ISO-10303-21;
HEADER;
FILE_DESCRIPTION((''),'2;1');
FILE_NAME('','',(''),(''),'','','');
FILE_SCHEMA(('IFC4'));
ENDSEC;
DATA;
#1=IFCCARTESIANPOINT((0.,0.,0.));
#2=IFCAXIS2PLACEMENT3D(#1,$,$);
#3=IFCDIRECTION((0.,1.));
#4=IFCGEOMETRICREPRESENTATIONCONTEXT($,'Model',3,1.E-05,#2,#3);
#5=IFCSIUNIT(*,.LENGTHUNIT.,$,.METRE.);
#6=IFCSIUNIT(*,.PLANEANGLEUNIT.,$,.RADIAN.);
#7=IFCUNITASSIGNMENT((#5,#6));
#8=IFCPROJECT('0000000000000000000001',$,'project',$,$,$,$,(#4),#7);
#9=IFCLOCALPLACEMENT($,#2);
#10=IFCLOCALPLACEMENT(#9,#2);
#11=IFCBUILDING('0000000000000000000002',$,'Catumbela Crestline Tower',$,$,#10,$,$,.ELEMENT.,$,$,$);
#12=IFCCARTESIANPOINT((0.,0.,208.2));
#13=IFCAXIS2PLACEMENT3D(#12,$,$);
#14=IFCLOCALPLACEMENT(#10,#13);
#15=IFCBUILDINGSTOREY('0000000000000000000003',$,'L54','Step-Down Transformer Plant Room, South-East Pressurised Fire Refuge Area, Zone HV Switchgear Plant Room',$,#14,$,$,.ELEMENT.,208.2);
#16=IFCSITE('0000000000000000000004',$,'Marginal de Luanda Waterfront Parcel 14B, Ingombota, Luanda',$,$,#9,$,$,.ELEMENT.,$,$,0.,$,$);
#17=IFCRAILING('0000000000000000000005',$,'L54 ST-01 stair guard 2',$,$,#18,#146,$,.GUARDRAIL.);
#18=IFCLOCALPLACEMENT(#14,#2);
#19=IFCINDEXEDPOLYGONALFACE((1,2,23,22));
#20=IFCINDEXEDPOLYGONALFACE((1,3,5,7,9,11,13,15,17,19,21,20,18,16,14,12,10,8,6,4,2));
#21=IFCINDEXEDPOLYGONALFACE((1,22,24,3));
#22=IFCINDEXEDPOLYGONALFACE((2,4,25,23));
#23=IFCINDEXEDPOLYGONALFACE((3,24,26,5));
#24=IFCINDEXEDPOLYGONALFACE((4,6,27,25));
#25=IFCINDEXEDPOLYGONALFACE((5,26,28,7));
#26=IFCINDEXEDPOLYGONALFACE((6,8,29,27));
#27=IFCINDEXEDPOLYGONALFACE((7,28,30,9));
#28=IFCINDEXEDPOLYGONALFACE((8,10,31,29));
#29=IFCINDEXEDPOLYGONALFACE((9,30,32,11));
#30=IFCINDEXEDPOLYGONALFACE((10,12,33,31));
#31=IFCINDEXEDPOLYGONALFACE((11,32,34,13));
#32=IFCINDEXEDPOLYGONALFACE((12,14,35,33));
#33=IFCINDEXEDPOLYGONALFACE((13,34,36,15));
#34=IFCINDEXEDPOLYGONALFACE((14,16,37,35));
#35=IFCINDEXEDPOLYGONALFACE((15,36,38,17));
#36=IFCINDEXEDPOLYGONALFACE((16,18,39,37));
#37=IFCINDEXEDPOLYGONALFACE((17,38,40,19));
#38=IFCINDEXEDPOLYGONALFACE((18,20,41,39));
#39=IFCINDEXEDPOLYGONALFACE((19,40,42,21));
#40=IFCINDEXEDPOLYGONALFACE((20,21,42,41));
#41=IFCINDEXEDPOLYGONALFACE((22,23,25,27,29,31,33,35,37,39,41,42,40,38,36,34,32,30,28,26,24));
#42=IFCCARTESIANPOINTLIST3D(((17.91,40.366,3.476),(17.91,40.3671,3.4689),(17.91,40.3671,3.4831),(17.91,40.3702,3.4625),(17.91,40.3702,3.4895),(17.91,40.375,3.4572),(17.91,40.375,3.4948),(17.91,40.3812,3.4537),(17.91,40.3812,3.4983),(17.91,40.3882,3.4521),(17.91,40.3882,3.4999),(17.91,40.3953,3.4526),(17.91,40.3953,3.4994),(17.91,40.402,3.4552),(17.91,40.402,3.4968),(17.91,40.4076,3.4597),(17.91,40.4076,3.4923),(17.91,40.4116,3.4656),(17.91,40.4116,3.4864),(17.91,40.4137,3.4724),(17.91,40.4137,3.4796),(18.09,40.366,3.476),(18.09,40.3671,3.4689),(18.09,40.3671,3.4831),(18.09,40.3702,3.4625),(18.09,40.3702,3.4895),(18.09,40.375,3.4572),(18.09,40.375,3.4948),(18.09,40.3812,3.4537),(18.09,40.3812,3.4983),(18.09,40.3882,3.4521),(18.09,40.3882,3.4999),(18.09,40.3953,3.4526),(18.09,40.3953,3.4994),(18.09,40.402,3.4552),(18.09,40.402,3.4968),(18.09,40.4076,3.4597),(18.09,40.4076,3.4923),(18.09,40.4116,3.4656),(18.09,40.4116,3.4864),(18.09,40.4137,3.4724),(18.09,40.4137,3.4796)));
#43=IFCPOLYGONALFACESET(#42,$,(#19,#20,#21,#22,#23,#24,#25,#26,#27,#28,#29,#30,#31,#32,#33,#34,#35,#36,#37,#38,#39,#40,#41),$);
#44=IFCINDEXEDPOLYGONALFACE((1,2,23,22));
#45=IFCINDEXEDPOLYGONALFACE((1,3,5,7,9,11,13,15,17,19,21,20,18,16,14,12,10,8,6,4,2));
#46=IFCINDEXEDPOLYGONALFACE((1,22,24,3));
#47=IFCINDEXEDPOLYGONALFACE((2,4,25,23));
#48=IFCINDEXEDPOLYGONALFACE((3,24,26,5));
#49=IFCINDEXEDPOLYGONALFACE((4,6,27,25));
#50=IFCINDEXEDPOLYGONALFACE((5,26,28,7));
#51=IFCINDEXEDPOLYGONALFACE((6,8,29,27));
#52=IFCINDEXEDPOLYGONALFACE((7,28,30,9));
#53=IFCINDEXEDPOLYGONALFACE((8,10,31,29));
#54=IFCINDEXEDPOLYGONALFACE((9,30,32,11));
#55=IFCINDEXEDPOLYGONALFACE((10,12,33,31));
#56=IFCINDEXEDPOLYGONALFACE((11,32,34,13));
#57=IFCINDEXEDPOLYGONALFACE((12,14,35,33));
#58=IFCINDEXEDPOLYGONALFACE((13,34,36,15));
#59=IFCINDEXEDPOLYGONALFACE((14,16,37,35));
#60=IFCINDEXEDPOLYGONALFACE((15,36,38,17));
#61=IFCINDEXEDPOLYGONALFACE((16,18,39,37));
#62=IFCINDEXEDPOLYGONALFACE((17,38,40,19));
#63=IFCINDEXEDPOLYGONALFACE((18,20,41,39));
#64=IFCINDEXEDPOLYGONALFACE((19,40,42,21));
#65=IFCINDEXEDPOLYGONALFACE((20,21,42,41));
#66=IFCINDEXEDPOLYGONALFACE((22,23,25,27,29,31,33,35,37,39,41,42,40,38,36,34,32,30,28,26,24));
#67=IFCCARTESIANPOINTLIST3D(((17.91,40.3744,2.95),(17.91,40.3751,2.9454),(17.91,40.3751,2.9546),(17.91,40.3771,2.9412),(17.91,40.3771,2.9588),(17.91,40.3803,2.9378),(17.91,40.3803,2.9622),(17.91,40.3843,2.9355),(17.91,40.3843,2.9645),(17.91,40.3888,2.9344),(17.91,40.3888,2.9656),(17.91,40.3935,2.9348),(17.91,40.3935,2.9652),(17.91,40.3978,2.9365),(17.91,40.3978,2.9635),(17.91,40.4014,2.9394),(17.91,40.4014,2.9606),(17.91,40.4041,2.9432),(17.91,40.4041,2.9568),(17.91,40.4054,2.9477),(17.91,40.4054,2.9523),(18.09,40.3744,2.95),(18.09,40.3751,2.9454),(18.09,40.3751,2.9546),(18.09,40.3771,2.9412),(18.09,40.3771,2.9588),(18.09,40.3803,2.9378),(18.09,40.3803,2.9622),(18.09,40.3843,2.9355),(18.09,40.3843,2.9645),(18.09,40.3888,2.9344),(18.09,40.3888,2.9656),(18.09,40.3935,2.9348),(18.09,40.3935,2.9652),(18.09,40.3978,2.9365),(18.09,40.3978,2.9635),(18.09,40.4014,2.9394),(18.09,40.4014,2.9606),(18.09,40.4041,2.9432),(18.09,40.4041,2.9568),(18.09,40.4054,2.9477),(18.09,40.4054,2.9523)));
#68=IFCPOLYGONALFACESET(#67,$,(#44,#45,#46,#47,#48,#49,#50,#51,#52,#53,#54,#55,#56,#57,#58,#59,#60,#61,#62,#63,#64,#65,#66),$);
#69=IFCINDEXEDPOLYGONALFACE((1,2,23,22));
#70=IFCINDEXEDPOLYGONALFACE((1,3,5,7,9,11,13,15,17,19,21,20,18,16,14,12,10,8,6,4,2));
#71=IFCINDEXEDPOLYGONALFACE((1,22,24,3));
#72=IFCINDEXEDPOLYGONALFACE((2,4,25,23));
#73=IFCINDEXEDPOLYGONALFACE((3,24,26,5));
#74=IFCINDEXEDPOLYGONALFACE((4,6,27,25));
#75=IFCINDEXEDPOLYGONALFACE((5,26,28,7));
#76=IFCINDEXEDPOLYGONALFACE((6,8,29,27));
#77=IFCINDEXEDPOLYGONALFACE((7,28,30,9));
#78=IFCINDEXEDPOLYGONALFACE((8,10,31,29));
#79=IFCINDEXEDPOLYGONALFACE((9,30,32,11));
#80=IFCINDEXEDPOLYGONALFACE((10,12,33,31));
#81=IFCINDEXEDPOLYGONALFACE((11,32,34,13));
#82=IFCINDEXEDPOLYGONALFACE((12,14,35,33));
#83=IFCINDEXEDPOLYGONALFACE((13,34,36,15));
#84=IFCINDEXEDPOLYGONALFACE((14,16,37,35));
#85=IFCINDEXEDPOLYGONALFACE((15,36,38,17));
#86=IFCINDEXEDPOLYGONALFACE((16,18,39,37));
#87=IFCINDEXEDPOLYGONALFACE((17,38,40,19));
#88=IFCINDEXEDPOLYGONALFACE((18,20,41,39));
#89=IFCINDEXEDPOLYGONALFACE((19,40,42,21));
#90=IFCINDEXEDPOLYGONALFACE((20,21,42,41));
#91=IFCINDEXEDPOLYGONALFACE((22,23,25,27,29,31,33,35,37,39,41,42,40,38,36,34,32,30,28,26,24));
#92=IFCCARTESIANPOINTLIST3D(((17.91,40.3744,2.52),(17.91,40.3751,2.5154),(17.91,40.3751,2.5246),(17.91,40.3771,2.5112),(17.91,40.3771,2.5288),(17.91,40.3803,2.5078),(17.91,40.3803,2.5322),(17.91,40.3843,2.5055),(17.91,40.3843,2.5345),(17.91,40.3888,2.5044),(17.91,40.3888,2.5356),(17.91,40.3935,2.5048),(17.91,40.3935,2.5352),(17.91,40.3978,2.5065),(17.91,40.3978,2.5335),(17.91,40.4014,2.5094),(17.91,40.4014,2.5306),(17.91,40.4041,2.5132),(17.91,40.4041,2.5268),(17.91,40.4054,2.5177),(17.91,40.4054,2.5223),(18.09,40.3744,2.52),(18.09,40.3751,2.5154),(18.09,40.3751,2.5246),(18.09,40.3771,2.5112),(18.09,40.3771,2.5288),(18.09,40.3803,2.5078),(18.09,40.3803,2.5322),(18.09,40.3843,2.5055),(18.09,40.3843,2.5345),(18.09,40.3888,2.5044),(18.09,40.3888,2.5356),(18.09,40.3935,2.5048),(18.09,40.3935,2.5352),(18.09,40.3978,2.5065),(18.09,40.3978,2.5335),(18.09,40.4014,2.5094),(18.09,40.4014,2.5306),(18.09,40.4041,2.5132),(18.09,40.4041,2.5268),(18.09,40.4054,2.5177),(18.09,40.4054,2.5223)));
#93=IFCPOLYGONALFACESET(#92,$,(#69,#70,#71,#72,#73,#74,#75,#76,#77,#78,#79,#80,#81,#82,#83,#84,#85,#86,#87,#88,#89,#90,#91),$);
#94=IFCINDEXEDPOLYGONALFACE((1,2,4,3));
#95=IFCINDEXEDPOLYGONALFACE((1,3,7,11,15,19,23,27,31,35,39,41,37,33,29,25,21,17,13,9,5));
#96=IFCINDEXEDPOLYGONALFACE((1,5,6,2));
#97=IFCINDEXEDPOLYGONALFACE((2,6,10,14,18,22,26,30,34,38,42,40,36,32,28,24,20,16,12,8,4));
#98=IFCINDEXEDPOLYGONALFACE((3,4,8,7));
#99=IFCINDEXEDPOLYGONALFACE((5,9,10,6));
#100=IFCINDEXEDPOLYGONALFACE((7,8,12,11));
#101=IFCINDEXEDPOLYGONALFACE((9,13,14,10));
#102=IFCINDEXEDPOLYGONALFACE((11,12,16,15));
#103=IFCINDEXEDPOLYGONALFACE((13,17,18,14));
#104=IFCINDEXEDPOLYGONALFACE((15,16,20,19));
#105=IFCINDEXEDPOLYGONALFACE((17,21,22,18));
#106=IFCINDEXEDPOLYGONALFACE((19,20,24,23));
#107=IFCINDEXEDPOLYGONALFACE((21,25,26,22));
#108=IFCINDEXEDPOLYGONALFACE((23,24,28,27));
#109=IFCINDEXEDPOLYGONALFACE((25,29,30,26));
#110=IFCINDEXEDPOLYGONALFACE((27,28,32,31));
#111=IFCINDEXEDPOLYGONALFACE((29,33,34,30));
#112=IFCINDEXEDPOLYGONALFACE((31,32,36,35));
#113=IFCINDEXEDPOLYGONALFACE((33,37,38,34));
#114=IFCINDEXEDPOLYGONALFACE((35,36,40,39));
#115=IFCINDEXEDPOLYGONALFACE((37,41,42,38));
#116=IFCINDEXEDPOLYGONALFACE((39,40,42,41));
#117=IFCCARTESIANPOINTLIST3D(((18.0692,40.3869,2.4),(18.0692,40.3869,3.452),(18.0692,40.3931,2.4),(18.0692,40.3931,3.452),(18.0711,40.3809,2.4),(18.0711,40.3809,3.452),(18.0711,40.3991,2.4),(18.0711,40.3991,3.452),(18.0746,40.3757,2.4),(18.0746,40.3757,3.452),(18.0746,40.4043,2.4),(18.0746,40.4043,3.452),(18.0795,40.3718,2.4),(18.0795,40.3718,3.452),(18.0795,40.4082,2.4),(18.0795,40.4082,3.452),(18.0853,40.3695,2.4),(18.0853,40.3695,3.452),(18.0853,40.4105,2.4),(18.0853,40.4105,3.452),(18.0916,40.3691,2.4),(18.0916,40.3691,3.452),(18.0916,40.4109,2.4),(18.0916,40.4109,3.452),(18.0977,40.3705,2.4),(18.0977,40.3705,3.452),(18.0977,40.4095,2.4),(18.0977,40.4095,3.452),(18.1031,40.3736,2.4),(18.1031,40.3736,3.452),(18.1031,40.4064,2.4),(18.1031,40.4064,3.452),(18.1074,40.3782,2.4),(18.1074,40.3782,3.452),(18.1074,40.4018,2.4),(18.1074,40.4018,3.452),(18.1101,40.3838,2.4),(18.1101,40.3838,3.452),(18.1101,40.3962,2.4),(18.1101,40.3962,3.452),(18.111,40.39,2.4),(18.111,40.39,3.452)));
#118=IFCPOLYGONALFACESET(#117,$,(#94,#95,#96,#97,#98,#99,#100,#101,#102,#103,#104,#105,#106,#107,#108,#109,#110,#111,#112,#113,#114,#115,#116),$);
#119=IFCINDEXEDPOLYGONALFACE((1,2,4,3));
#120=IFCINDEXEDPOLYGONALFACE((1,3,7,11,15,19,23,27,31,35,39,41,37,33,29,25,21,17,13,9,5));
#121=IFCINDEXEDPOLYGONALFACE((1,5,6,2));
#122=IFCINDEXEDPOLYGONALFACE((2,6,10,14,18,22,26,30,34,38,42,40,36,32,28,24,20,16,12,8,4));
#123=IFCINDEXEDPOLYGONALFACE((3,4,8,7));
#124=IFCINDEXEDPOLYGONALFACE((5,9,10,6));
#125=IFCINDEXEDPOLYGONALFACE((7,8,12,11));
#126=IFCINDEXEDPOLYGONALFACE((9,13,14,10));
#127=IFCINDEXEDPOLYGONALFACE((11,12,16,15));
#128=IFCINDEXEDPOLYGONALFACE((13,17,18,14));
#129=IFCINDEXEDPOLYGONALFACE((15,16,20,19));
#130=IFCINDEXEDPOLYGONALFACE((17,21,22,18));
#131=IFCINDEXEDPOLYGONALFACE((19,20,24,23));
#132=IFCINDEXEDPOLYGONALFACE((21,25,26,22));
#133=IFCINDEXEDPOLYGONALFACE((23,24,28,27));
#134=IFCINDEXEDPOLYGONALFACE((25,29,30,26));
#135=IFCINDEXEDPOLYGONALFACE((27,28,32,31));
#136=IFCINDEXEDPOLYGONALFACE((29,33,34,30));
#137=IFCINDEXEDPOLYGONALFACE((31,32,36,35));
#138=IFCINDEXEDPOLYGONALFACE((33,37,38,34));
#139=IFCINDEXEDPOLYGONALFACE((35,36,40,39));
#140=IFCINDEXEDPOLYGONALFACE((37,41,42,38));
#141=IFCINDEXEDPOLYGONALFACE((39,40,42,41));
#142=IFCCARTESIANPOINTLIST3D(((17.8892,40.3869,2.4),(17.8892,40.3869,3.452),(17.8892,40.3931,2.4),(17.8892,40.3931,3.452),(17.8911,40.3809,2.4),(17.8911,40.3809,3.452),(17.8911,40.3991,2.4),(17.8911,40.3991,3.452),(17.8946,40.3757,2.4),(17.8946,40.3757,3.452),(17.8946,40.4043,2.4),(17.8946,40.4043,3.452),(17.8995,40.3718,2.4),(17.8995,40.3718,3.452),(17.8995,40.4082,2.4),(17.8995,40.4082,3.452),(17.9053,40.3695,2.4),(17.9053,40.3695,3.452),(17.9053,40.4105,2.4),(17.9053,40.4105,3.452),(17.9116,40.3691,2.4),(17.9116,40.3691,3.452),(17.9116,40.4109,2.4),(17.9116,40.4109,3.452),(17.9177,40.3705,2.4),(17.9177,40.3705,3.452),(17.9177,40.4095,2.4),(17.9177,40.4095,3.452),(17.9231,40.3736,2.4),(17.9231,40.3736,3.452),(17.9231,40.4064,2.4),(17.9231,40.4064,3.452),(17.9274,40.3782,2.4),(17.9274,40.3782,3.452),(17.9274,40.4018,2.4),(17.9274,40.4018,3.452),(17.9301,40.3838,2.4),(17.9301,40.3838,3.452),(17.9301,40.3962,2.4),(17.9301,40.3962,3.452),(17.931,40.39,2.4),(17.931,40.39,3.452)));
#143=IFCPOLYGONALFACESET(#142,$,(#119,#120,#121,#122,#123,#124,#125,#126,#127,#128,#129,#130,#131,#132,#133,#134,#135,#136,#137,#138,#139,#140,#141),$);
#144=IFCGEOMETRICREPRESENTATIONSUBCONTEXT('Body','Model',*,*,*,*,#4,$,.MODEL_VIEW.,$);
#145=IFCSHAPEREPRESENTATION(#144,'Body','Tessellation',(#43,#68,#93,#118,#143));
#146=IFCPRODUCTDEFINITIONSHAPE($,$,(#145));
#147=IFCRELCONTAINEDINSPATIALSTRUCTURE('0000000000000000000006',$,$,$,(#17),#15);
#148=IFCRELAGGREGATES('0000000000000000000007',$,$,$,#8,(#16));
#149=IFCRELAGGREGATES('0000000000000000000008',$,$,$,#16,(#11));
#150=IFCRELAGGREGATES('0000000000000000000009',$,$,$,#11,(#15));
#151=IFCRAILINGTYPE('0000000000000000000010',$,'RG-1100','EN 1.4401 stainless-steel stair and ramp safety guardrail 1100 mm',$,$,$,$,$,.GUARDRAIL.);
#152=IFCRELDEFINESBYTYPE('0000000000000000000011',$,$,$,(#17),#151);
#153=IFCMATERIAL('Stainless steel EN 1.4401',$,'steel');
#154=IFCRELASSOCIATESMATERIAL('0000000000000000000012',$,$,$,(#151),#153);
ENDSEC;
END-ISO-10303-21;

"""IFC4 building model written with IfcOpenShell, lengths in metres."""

from ifc_helpers import new_model, si_unit, direction, frame, origin, origin_2d, place, context, subcontext, project, spatial, circle, extrude, material, type_object, element, save


model = new_model("IFC4")

# Units and contexts
model_context = context("Model", 3, precision=1e-05, world=origin(), true_north=direction((0.0, 1.0)))
body_context = subcontext(model_context, "Body", "Model", "MODEL_VIEW")
ifc_project = project(units=[si_unit("LENGTHUNIT", "METRE"), si_unit("PLANEANGLEUNIT", "RADIAN")], contexts=[model_context])

# Site, building, storey
site_placement = place(None, origin())
site = spatial("IfcSite", under=ifc_project, at=site_placement, Name="Marginal de Luanda Waterfront Parcel 14B, Ingombota, Luanda", CompositionType="ELEMENT", RefElevation=0.0)
building_placement = place(site_placement, origin())
building = spatial("IfcBuilding", under=site, at=building_placement, Name="Catumbela Crestline Tower", CompositionType="ELEMENT")
storey_placement = place(building_placement, frame((0.0, 0.0, 208.2)))
storey = spatial("IfcBuildingStorey", under=building, at=storey_placement, Name="L54", Description="Step-Down Transformer Plant Room, South-East Pressurised Fire Refuge Area, Zone HV Switchgear Plant Room", CompositionType="ELEMENT", Elevation=208.2)

# Shared definitions
ifc_material_1 = material(Name="Stainless steel EN 1.4401", Category="steel")

# Railing
railing_type_1 = type_object("IfcRailingType", Name="RG-1100", Description="EN 1.4401 stainless-steel stair and ramp safety guardrail 1100 mm", PredefinedType="GUARDRAIL", material=ifc_material_1)
railing_1_placement = place(storey_placement, frame((18.09, 40.39, 2.4)))
element("IfcRailing", 1, at=railing_1_placement, inside=storey, type_object=railing_type_1, Name="L54 ST-01 stair guard 2", PredefinedType="GUARDRAIL", context=body_context, shape_type="SweptSolid", body=[
    extrude(circle(Radius=0.024, at=origin_2d()), frame((0.0, 0.0, 1.076), z_axis=(-1.0, 0.0, 0.0), x_axis=(0.0, -1.0, 0.0)), (0.0, 0.0, 1.0), 0.18),
    extrude(circle(Radius=0.0156, at=origin_2d()), frame((0.0, 0.0, 0.55), z_axis=(-1.0, 0.0, 0.0), x_axis=(0.0, -1.0, 0.0)), (0.0, 0.0, 1.0), 0.18),
    extrude(circle(Radius=0.0156, at=origin_2d()), frame((0.0, 0.0, 0.12), z_axis=(-1.0, 0.0, 0.0), x_axis=(0.0, -1.0, 0.0)), (0.0, 0.0, 1.0), 0.18),
    extrude(circle(Radius=0.021, at=origin_2d()), origin(), (0.0, 0.0, 1.0), 1.052),
    extrude(circle(Radius=0.021, at=origin_2d()), frame((-0.18, 0.0, 0.0)), (0.0, 0.0, 1.0), 1.052),
])

save(model, "model.ifc")
